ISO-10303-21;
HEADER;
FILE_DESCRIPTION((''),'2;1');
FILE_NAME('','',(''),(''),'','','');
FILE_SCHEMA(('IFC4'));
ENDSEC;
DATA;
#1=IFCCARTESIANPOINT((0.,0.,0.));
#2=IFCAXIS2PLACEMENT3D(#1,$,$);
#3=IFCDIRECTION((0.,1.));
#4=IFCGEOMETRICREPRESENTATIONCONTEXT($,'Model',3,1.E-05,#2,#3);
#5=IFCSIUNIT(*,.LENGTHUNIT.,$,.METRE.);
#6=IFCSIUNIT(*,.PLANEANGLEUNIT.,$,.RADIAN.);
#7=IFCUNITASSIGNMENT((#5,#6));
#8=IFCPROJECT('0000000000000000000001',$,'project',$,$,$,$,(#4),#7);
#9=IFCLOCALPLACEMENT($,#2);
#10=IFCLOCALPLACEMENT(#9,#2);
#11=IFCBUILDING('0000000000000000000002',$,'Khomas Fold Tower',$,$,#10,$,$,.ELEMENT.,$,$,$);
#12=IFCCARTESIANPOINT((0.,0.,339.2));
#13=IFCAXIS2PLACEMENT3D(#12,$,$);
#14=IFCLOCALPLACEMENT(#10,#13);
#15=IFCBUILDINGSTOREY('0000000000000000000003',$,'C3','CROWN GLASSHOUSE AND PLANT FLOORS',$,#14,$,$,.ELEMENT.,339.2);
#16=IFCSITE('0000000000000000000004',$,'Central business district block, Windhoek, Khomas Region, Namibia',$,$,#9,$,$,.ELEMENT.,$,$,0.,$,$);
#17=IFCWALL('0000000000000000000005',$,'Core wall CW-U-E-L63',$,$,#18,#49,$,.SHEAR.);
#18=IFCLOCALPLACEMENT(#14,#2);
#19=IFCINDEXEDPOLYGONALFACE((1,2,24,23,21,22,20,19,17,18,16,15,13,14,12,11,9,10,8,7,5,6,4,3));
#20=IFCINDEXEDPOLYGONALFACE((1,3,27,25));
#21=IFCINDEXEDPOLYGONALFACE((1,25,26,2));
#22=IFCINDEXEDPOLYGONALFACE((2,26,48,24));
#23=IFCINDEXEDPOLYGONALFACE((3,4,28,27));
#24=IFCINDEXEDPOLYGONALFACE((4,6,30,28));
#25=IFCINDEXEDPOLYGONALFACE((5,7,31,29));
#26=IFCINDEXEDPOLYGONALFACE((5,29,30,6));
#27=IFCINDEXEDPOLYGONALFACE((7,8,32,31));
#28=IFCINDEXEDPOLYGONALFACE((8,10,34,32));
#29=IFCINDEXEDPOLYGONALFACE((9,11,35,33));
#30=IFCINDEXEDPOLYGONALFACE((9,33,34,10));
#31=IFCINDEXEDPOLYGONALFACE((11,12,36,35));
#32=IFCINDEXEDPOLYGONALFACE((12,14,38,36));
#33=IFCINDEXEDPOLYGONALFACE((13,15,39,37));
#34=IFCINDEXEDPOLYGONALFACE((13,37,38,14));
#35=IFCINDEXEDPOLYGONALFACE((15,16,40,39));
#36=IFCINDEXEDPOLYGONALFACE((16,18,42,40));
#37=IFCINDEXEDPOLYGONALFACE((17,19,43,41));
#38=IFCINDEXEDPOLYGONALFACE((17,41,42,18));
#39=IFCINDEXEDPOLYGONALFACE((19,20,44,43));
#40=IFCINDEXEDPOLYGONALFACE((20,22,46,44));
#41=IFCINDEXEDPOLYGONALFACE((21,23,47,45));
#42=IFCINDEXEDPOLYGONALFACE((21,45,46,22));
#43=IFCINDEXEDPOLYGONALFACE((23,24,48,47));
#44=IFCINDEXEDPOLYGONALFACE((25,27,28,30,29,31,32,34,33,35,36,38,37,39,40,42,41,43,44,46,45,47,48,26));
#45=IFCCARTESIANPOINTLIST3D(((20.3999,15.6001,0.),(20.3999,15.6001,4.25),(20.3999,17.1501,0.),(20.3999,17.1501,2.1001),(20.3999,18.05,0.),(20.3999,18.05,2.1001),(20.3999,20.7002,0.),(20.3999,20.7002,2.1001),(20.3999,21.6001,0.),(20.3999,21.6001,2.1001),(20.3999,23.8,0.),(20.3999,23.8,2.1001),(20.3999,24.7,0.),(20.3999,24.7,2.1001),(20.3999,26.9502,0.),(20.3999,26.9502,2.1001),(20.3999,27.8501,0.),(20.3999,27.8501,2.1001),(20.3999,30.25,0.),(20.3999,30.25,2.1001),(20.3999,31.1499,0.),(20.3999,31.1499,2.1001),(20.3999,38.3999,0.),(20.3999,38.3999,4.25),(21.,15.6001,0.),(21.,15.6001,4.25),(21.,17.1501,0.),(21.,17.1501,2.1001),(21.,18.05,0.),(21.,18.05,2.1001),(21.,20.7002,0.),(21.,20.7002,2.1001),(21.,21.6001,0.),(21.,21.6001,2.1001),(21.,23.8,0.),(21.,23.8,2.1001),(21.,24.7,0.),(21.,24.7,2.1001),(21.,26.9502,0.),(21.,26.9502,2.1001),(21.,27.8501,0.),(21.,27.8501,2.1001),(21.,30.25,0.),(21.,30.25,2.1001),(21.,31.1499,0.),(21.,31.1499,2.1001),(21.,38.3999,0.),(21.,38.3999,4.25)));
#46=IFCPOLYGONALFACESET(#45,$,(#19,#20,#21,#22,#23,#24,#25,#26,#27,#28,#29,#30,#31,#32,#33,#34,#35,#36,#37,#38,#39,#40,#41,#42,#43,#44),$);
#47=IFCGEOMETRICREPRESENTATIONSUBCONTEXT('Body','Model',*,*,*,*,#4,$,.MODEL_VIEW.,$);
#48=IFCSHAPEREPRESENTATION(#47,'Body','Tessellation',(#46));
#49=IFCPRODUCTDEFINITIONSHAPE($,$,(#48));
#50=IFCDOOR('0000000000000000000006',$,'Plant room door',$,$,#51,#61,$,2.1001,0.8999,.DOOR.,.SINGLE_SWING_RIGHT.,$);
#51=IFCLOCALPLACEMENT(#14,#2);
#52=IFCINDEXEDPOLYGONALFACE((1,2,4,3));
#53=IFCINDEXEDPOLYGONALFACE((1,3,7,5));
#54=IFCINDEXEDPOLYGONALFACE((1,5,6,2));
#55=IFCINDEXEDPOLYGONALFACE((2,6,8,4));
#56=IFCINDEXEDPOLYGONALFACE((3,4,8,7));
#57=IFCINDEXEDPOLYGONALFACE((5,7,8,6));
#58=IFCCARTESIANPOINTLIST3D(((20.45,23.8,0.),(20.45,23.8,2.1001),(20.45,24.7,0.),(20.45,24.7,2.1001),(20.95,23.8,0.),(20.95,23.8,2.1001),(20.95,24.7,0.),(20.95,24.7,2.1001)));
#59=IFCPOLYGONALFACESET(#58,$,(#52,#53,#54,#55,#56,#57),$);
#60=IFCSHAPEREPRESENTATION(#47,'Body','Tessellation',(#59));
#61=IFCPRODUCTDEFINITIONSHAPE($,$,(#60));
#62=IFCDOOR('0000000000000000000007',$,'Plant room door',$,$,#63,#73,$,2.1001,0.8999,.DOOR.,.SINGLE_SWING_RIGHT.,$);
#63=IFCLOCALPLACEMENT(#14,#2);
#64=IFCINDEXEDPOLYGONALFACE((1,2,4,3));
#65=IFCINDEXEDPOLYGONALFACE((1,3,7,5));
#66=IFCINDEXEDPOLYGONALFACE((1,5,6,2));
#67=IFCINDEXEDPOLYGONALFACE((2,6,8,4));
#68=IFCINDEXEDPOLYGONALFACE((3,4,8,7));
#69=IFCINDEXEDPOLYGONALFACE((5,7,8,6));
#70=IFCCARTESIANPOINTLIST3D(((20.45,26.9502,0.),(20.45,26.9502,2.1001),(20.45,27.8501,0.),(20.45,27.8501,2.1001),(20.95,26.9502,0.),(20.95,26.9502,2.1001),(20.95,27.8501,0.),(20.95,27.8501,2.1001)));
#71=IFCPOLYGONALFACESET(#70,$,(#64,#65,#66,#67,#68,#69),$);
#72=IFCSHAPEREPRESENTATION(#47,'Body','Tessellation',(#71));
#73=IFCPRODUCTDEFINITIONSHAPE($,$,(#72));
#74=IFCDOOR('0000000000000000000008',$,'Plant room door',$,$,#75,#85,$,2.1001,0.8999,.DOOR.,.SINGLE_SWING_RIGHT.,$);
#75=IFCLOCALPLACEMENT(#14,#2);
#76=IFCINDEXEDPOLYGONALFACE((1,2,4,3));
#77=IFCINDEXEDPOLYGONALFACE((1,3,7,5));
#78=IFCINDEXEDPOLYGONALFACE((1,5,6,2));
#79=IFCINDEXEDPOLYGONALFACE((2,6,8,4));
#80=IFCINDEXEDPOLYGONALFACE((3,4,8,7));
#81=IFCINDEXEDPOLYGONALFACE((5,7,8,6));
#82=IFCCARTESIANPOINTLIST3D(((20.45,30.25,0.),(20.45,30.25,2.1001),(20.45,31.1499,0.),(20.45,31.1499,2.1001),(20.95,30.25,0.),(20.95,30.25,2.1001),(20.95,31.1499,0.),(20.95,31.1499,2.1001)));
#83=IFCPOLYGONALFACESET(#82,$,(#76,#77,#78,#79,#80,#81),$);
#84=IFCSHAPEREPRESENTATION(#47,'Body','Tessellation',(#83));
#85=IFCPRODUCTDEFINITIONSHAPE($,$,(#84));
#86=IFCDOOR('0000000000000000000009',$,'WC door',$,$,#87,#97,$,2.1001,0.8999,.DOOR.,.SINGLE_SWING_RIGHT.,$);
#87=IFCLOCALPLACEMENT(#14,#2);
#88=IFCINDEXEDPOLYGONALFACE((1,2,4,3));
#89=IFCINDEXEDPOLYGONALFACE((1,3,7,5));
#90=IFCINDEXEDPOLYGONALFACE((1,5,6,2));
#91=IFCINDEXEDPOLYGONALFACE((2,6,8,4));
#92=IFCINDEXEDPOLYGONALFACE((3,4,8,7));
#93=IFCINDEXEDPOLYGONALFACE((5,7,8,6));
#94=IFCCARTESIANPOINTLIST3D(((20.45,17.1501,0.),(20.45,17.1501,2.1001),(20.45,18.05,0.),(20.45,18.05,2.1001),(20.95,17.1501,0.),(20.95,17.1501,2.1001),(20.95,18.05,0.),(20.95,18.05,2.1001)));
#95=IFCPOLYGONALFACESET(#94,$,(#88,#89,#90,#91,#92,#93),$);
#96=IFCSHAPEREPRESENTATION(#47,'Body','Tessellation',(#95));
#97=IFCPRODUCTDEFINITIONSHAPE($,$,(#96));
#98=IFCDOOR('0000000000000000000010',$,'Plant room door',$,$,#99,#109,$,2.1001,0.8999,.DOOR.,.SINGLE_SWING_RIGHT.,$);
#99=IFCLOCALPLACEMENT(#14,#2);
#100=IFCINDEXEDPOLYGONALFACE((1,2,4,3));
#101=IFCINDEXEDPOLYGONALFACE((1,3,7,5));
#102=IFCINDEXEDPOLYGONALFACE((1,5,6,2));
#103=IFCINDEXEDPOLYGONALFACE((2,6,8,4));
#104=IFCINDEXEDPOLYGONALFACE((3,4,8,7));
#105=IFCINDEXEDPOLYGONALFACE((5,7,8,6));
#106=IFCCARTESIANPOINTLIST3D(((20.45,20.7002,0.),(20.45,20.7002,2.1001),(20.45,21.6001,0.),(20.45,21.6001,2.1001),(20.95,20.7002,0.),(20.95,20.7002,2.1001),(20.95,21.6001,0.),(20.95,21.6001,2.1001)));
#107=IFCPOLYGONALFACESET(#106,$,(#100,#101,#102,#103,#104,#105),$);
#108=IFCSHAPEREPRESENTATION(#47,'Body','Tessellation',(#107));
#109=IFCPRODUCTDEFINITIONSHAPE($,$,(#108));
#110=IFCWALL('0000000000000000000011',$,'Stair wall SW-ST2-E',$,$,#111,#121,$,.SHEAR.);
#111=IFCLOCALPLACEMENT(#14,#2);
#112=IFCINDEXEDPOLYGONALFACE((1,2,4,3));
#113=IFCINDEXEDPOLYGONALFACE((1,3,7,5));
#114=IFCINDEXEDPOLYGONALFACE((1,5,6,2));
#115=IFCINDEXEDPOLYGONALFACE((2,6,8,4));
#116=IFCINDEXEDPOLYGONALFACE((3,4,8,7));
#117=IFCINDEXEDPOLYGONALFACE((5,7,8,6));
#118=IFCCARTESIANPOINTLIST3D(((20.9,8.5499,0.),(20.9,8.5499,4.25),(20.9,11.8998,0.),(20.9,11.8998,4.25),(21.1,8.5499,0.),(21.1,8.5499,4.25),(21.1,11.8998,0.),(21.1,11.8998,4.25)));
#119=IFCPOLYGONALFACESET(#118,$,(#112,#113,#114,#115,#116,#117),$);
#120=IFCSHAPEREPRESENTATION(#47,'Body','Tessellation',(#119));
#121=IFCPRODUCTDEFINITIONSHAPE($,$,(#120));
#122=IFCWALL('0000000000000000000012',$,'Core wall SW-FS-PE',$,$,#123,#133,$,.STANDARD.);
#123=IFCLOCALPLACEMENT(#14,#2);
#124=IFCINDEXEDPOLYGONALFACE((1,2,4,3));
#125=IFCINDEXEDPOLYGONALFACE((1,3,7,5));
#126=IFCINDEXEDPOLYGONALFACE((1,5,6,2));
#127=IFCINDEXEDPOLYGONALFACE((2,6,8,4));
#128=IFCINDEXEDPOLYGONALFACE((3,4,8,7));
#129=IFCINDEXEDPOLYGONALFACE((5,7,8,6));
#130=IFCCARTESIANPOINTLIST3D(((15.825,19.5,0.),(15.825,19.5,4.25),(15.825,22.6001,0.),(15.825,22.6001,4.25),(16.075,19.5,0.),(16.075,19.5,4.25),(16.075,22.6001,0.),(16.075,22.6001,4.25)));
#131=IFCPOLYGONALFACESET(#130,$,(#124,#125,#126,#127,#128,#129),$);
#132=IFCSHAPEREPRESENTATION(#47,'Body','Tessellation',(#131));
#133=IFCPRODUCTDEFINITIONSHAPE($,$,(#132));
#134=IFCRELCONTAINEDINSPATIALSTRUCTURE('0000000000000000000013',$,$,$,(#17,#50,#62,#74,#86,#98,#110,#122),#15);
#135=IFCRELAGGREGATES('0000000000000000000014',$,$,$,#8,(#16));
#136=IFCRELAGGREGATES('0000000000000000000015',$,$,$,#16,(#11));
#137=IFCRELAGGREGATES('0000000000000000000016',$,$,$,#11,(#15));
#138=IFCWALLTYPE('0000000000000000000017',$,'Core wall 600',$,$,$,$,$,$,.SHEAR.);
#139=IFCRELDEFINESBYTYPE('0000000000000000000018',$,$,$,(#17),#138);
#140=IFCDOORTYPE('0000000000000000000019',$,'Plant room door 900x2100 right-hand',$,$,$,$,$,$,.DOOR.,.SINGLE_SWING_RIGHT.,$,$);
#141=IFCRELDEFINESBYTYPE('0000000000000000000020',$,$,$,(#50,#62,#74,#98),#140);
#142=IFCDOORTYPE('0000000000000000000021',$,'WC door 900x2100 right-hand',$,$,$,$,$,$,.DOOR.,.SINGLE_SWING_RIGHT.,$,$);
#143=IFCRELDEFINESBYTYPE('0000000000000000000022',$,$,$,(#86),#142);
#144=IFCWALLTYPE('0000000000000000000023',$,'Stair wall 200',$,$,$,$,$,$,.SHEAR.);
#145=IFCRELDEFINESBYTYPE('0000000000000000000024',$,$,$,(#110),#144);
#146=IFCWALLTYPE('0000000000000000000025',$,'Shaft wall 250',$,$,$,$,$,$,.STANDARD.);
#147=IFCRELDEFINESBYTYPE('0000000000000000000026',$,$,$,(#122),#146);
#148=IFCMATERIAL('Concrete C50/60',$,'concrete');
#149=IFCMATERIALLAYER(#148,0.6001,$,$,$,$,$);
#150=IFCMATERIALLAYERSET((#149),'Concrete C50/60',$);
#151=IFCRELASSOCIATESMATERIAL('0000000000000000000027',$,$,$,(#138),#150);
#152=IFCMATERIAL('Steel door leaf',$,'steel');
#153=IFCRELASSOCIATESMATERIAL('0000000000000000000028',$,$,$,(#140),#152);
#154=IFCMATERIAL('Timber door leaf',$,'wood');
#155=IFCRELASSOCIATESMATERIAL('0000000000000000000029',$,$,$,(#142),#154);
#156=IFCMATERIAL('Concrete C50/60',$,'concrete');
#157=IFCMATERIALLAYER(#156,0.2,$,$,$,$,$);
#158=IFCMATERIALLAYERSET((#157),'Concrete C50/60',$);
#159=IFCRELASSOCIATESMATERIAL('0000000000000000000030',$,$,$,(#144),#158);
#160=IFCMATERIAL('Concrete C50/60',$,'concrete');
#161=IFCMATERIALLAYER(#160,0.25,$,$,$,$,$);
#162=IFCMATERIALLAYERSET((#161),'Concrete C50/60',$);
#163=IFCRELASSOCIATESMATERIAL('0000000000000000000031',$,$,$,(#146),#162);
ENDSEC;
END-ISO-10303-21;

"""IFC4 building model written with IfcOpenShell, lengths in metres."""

from ifc_helpers import new_model, si_unit, direction, frame, frame_2d, origin, place, context, subcontext, project, spatial, rectangle, extrude, source, transform, mapped, material, layer, layer_set, type_object, element, fill, save


model = new_model("IFC4")

# Units and contexts
model_context = context("Model", 3, precision=1e-05, world=origin(), true_north=direction((0.0, 1.0)))
body_context = subcontext(model_context, "Body", "Model", "MODEL_VIEW")
ifc_project = project(units=[si_unit("LENGTHUNIT", "METRE"), si_unit("PLANEANGLEUNIT", "RADIAN")], contexts=[model_context])

# Site, building, storey
site_placement = place(None, origin())
site = spatial("IfcSite", under=ifc_project, at=site_placement, Name="Central business district block, Windhoek, Khomas Region, Namibia", CompositionType="ELEMENT", RefElevation=0.0)
building_placement = place(site_placement, origin())
building = spatial("IfcBuilding", under=site, at=building_placement, Name="Khomas Fold Tower", CompositionType="ELEMENT")
storey_placement = place(building_placement, frame((0.0, 0.0, 339.2)))
storey = spatial("IfcBuildingStorey", under=building, at=storey_placement, Name="C3", Description="CROWN GLASSHOUSE AND PLANT FLOORS", CompositionType="ELEMENT", Elevation=339.2)

# Wall, openings, doors
ifc_material_1 = material(Name="Concrete C50/60", Category="concrete")
ifc_layer_1 = layer(ifc_material_1, 0.6001)
ifc_layer_set_1 = layer_set([ifc_layer_1], Name="Concrete C50/60")
wall_type_1 = type_object("IfcWallType", Name="Core wall 600", PredefinedType="SHEAR", material=ifc_layer_set_1)
shared_shape_1 = source(origin(), body_context, "Body", "SweptSolid", [
    extrude(rectangle(XDim=22.7998, YDim=0.6001, at=frame_2d((11.3999, 0.0))), origin(), (0.0, 0.0, 1.0), 4.25),
])
wall_1_placement = place(storey_placement, frame((20.7, 15.6001, 0.0), z_axis=(0.0, 0.0, 1.0), x_axis=(0.0, 1.0, 0.0)))
wall_1 = element("IfcWall", 1, at=wall_1_placement, inside=storey, type_object=wall_type_1, Name="Core wall CW-U-E-L63", PredefinedType="SHEAR", context=body_context, shape_type="MappedRepresentation", body=[
    mapped(shared_shape_1, transform((0.0, 0.0, 0.0))),
])
shared_shape_2 = source(origin(), body_context, "Body", "SweptSolid", [
    extrude(rectangle(XDim=0.8999, YDim=2.1001, at=frame_2d((0.45, 1.05))), frame((0.0, 0.3101, 0.0), z_axis=(0.0, -1.0, 0.0), x_axis=(1.0, 0.0, 0.0)), (0.0, 0.0, 1.0), 0.6201),
])
opening_1_placement = place(wall_1_placement, frame((8.2, 0.0, 0.0)))
opening_1 = element("IfcOpeningElement", 2, at=opening_1_placement, cuts=wall_1, PredefinedType="OPENING", context=body_context, shape_type="MappedRepresentation", body=[
    mapped(shared_shape_2, transform((0.0, 0.0, 0.0))),
])
opening_2_placement = place(wall_1_placement, frame((11.3501, 0.0, 0.0)))
opening_2 = element("IfcOpeningElement", 3, at=opening_2_placement, cuts=wall_1, PredefinedType="OPENING", context=body_context, shape_type="MappedRepresentation", body=[
    mapped(shared_shape_2, transform((0.0, 0.0, 0.0))),
])
opening_3_placement = place(wall_1_placement, frame((14.6499, 0.0, 0.0)))
opening_3 = element("IfcOpeningElement", 4, at=opening_3_placement, cuts=wall_1, PredefinedType="OPENING", context=body_context, shape_type="MappedRepresentation", body=[
    mapped(shared_shape_2, transform((0.0, 0.0, 0.0))),
])
opening_4_placement = place(wall_1_placement, frame((1.55, 0.0, 0.0)))
opening_4 = element("IfcOpeningElement", 5, at=opening_4_placement, cuts=wall_1, PredefinedType="OPENING", context=body_context, shape_type="MappedRepresentation", body=[
    mapped(shared_shape_2, transform((0.0, 0.0, 0.0))),
])
opening_5_placement = place(wall_1_placement, frame((5.1001, 0.0, 0.0)))
opening_5 = element("IfcOpeningElement", 6, at=opening_5_placement, cuts=wall_1, PredefinedType="OPENING", context=body_context, shape_type="MappedRepresentation", body=[
    mapped(shared_shape_2, transform((0.0, 0.0, 0.0))),
])
ifc_material_2 = material(Name="Steel door leaf", Category="steel")
door_type_1 = type_object("IfcDoorType", Name="Plant room door 900x2100 right-hand", OperationType="SINGLE_SWING_RIGHT", PredefinedType="DOOR", material=ifc_material_2)
shared_shape_3 = source(origin(), body_context, "Body", "SweptSolid", [
    extrude(rectangle(XDim=0.8999, YDim=2.1001, at=frame_2d((0.45, 1.05))), frame((0.0, 0.25, 0.0), z_axis=(0.0, -1.0, 0.0), x_axis=(1.0, 0.0, 0.0)), (0.0, 0.0, 1.0), 0.5),
])
door_1_placement = place(opening_1_placement, origin())
door_1 = element("IfcDoor", 7, at=door_1_placement, inside=storey, type_object=door_type_1, Name="Plant room door", OperationType="SINGLE_SWING_RIGHT", OverallHeight=2.1001, OverallWidth=0.8999, PredefinedType="DOOR", context=body_context, shape_type="MappedRepresentation", body=[
    mapped(shared_shape_3, transform((0.0, 0.0, 0.0))),
])
fill(opening_1, door_1)
door_2_placement = place(opening_2_placement, origin())
door_2 = element("IfcDoor", 8, at=door_2_placement, inside=storey, type_object=door_type_1, Name="Plant room door", OperationType="SINGLE_SWING_RIGHT", OverallHeight=2.1001, OverallWidth=0.8999, PredefinedType="DOOR", context=body_context, shape_type="MappedRepresentation", body=[
    mapped(shared_shape_3, transform((0.0, 0.0, 0.0))),
])
fill(opening_2, door_2)
door_3_placement = place(opening_3_placement, origin())
door_3 = element("IfcDoor", 9, at=door_3_placement, inside=storey, type_object=door_type_1, Name="Plant room door", OperationType="SINGLE_SWING_RIGHT", OverallHeight=2.1001, OverallWidth=0.8999, PredefinedType="DOOR", context=body_context, shape_type="MappedRepresentation", body=[
    mapped(shared_shape_3, transform((0.0, 0.0, 0.0))),
])
fill(opening_3, door_3)
ifc_material_3 = material(Name="Timber door leaf", Category="wood")
door_type_2 = type_object("IfcDoorType", Name="WC door 900x2100 right-hand", OperationType="SINGLE_SWING_RIGHT", PredefinedType="DOOR", material=ifc_material_3)
door_4_placement = place(opening_4_placement, origin())
door_4 = element("IfcDoor", 10, at=door_4_placement, inside=storey, type_object=door_type_2, Name="WC door", OperationType="SINGLE_SWING_RIGHT", OverallHeight=2.1001, OverallWidth=0.8999, PredefinedType="DOOR", context=body_context, shape_type="MappedRepresentation", body=[
    mapped(shared_shape_3, transform((0.0, 0.0, 0.0))),
])
fill(opening_4, door_4)
door_5_placement = place(opening_5_placement, origin())
door_5 = element("IfcDoor", 11, at=door_5_placement, inside=storey, type_object=door_type_1, Name="Plant room door", OperationType="SINGLE_SWING_RIGHT", OverallHeight=2.1001, OverallWidth=0.8999, PredefinedType="DOOR", context=body_context, shape_type="MappedRepresentation", body=[
    mapped(shared_shape_3, transform((0.0, 0.0, 0.0))),
])
fill(opening_5, door_5)

# Walls
ifc_material_4 = material(Name="Concrete C50/60", Category="concrete")
ifc_layer_2 = layer(ifc_material_4, 0.2)
ifc_layer_set_2 = layer_set([ifc_layer_2], Name="Concrete C50/60")
wall_type_2 = type_object("IfcWallType", Name="Stair wall 200", PredefinedType="SHEAR", material=ifc_layer_set_2)
shared_shape_4 = source(origin(), body_context, "Body", "SweptSolid", [
    extrude(rectangle(XDim=3.3499, YDim=0.2, at=frame_2d((1.6748, 0.0))), origin(), (0.0, 0.0, 1.0), 4.25),
])
wall_2_placement = place(storey_placement, frame((21.0, 8.55, 0.0), z_axis=(0.0, 0.0, 1.0), x_axis=(0.0, 1.0, 0.0)))
element("IfcWall", 12, at=wall_2_placement, inside=storey, type_object=wall_type_2, Name="Stair wall SW-ST2-E", PredefinedType="SHEAR", context=body_context, shape_type="MappedRepresentation", body=[
    mapped(shared_shape_4, transform((0.0, 0.0, 0.0))),
])
ifc_material_5 = material(Name="Concrete C50/60", Category="concrete")
ifc_layer_3 = layer(ifc_material_5, 0.25)
ifc_layer_set_3 = layer_set([ifc_layer_3], Name="Concrete C50/60")
wall_type_3 = type_object("IfcWallType", Name="Shaft wall 250", PredefinedType="STANDARD", material=ifc_layer_set_3)
shared_shape_5 = source(origin(), body_context, "Body", "SweptSolid", [
    extrude(rectangle(XDim=3.1001, YDim=0.25, at=frame_2d((1.55, 0.0))), origin(), (0.0, 0.0, 1.0), 4.25),
])
wall_3_placement = place(storey_placement, frame((15.95, 19.5, 0.0), z_axis=(0.0, 0.0, 1.0), x_axis=(0.0, 1.0, 0.0)))
element("IfcWall", 13, at=wall_3_placement, inside=storey, type_object=wall_type_3, Name="Core wall SW-FS-PE", PredefinedType="STANDARD", context=body_context, shape_type="MappedRepresentation", body=[
    mapped(shared_shape_5, transform((0.0, 0.0, 0.0))),
])

save(model, "model.ifc")
